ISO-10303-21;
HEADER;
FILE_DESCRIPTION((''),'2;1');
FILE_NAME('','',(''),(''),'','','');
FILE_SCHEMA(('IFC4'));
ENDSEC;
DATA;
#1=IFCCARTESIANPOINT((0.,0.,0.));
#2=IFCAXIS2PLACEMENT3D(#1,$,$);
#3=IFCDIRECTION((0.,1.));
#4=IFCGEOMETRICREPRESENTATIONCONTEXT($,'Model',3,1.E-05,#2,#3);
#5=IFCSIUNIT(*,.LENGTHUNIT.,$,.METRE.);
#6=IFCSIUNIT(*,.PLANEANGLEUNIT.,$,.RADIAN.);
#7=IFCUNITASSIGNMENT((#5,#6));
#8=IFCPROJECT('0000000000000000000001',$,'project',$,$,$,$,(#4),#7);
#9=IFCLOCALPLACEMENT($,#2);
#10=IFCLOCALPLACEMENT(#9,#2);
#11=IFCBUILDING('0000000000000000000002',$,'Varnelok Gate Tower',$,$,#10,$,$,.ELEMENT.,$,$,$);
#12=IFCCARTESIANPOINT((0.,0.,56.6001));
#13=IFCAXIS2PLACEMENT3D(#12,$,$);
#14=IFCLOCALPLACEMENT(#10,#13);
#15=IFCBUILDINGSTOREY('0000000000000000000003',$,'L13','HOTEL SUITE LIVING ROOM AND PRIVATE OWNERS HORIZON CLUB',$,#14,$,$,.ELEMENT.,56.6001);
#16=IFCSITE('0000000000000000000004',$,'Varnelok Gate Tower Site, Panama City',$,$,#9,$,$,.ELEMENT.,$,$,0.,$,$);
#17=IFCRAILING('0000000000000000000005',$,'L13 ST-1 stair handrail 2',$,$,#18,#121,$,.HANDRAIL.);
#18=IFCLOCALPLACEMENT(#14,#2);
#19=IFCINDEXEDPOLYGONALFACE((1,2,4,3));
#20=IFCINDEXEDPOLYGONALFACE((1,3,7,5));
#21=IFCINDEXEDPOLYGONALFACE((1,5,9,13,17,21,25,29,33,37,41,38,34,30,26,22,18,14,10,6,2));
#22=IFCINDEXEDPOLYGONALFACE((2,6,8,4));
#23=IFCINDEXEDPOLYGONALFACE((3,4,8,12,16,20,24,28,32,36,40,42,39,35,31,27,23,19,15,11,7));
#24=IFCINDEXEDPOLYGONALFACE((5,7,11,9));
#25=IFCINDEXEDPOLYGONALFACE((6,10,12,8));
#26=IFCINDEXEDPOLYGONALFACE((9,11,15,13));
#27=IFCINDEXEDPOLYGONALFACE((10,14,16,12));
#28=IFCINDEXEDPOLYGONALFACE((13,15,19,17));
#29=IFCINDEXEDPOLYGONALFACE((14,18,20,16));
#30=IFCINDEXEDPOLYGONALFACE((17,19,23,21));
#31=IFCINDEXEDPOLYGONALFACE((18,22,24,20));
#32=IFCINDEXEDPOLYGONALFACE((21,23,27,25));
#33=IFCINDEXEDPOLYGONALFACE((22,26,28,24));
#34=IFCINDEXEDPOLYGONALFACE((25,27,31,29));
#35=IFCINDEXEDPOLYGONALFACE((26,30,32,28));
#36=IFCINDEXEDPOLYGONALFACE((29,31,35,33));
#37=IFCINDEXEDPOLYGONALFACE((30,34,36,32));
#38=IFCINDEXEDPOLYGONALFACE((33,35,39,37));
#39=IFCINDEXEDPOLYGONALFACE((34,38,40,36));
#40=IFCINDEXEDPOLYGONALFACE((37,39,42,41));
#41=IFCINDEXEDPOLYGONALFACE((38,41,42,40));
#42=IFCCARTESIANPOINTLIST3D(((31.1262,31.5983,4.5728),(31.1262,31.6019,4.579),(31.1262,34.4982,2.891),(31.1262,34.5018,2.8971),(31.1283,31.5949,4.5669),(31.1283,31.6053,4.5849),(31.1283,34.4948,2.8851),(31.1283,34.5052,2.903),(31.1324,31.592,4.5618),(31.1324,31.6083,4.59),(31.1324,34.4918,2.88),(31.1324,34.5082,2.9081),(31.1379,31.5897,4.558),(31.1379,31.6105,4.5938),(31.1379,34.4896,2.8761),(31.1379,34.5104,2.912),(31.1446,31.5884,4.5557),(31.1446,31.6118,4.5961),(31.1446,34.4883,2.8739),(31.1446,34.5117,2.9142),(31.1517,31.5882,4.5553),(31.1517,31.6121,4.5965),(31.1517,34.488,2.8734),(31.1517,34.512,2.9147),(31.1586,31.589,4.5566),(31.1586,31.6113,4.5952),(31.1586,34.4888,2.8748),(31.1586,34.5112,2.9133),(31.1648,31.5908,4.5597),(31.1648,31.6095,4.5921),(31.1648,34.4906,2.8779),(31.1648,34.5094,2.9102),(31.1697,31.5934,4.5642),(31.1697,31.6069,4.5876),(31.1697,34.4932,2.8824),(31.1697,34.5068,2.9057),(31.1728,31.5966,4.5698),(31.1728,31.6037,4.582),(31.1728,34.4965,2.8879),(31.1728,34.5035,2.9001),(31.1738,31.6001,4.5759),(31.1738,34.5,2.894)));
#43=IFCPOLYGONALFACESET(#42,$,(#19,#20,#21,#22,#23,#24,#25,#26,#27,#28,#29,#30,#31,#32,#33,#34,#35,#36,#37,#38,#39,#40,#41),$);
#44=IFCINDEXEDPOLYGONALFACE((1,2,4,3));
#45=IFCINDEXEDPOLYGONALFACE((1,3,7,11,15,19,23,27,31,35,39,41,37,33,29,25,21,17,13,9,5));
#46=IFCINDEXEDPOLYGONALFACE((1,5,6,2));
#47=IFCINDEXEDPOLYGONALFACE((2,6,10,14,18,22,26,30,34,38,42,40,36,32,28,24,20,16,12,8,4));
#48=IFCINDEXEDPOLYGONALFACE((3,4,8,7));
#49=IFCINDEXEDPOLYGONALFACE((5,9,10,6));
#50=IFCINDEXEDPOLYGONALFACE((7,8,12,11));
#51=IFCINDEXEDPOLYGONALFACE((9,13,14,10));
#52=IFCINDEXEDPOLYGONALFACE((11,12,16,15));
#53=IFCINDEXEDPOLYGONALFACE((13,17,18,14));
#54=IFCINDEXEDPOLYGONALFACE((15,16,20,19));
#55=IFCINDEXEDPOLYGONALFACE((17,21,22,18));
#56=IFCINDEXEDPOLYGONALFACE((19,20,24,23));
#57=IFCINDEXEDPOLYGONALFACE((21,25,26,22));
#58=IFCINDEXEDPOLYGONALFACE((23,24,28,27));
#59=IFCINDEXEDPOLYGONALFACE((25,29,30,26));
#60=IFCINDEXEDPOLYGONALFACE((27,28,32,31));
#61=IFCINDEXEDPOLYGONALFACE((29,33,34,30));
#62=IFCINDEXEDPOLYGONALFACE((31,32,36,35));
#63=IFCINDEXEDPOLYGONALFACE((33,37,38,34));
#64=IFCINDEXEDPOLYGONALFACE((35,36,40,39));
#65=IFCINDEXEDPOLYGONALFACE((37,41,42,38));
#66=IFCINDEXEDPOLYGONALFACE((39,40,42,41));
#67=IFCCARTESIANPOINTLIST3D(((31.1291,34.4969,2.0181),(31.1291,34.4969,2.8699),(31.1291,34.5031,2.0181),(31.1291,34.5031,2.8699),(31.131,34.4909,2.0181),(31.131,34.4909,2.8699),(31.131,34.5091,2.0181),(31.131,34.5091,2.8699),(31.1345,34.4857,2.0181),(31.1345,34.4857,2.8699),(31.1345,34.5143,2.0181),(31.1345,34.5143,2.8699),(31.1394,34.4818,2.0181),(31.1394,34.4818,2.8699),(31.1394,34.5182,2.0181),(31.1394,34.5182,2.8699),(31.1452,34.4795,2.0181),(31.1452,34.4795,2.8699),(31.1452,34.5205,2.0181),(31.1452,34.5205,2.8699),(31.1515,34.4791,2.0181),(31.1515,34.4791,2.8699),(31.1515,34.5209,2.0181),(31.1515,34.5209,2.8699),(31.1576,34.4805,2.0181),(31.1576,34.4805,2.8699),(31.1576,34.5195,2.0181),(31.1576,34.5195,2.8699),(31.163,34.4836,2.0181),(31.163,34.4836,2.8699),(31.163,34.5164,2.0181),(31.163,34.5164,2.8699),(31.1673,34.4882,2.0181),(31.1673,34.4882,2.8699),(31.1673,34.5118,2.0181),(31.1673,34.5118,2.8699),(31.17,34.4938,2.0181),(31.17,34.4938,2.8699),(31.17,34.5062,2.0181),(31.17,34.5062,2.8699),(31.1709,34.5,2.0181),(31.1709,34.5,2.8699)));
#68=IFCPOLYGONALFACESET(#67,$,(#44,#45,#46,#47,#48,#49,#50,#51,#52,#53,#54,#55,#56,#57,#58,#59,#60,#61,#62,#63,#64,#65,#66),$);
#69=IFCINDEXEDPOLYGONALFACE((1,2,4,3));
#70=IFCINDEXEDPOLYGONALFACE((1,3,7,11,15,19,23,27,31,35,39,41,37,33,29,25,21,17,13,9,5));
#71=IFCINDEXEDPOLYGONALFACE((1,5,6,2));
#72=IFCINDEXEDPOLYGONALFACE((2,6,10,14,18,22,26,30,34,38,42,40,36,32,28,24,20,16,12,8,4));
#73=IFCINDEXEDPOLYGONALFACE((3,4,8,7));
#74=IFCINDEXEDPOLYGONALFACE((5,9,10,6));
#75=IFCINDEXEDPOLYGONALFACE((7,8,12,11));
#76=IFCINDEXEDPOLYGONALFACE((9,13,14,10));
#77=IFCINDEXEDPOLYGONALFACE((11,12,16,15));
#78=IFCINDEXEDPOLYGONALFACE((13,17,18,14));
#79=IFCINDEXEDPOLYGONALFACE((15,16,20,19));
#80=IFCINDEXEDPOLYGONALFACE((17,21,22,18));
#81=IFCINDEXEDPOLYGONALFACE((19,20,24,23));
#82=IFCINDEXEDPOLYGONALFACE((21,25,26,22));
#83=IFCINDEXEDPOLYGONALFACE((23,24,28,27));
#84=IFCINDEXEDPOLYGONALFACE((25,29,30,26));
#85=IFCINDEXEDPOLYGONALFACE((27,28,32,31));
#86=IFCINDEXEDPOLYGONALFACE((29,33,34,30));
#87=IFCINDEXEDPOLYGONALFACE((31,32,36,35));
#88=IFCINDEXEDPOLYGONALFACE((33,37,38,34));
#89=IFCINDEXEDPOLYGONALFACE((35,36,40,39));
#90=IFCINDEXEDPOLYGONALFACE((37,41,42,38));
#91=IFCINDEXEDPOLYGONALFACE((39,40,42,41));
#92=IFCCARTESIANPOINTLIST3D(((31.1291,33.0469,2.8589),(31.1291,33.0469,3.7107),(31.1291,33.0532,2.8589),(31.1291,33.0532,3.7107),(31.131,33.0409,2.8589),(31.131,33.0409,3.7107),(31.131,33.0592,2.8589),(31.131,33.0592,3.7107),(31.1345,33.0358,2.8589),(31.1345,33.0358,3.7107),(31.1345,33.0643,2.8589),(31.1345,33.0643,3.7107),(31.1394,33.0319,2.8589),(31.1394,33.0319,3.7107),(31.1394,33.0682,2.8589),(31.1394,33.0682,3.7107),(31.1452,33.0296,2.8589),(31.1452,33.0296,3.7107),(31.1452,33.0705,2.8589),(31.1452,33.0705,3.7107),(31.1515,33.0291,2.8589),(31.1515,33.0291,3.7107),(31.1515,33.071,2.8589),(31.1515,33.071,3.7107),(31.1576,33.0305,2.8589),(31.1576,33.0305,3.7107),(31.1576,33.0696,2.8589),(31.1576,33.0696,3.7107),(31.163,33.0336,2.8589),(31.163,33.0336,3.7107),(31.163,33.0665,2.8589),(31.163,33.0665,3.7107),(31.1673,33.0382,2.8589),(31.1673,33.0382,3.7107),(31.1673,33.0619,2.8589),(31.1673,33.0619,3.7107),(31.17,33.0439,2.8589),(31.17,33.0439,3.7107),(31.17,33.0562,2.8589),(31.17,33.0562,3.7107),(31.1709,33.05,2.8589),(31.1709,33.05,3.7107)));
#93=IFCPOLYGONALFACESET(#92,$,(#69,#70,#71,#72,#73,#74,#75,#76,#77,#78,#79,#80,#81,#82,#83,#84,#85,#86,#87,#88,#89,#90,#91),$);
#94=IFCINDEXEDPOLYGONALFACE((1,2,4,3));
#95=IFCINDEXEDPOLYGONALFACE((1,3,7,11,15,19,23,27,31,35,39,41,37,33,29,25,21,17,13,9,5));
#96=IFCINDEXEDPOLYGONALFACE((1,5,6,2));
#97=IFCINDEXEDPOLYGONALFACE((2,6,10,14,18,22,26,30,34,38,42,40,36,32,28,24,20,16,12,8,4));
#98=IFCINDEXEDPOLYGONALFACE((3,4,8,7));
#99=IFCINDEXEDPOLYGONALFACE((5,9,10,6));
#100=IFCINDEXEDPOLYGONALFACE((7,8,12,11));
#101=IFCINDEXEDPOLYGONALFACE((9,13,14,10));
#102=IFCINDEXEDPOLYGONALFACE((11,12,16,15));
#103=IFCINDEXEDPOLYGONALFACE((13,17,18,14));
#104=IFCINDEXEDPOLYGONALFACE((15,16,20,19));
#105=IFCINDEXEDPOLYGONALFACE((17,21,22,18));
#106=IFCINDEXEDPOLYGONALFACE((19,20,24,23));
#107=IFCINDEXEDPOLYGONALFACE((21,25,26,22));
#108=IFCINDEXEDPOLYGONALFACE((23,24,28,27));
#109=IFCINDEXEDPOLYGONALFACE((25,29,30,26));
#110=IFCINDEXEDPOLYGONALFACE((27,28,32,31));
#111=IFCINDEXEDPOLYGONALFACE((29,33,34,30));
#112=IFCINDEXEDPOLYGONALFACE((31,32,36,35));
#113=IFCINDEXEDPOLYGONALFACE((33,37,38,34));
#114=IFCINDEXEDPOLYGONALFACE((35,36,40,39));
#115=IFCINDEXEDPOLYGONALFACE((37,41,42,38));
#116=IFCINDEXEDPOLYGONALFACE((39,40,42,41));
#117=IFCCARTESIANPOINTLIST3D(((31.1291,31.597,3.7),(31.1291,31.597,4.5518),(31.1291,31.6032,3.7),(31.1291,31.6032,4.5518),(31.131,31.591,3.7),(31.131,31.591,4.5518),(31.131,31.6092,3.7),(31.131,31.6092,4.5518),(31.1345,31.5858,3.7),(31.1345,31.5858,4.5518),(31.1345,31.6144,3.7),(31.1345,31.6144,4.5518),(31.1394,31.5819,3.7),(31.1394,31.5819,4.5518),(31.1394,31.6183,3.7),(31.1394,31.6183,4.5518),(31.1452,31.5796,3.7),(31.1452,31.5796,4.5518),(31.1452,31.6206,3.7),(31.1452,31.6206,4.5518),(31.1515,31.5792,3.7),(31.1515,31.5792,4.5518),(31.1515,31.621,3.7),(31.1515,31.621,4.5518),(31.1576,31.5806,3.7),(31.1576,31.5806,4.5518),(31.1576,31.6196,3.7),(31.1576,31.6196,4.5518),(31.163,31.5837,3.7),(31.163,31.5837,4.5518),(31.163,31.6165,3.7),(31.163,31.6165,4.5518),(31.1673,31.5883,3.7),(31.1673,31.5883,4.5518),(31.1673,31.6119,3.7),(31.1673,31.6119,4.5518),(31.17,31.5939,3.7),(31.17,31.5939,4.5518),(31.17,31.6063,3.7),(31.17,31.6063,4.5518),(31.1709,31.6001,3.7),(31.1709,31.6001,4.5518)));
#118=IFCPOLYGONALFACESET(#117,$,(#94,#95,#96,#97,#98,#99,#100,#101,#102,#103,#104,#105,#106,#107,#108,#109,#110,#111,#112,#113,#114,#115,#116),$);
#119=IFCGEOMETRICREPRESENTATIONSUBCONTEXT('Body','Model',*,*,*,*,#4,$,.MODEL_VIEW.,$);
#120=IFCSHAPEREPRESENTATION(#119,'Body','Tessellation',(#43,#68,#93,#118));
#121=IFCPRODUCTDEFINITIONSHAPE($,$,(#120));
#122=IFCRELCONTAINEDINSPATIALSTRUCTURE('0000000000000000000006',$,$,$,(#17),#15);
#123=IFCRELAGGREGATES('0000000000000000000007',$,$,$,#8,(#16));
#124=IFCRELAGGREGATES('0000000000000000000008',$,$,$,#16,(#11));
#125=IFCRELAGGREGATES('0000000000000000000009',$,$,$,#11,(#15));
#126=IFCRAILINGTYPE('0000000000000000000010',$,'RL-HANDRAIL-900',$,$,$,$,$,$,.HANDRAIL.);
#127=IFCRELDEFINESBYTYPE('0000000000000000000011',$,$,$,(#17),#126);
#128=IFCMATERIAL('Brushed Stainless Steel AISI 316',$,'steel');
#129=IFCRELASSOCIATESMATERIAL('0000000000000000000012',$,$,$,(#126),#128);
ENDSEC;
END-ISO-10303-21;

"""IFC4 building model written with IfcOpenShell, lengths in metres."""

from ifc_helpers import new_model, si_unit, direction, frame, origin, origin_2d, place, context, subcontext, project, spatial, circle, extrude, material, type_object, element, save


model = new_model("IFC4")

# Units and contexts
model_context = context("Model", 3, precision=1e-05, world=origin(), true_north=direction((0.0, 1.0)))
body_context = subcontext(model_context, "Body", "Model", "MODEL_VIEW")
ifc_project = project(units=[si_unit("LENGTHUNIT", "METRE"), si_unit("PLANEANGLEUNIT", "RADIAN")], contexts=[model_context])

# Site, building, storey
site_placement = place(None, origin())
site = spatial("IfcSite", under=ifc_project, at=site_placement, Name="Varnelok Gate Tower Site, Panama City", CompositionType="ELEMENT", RefElevation=0.0)
building_placement = place(site_placement, origin())
building = spatial("IfcBuilding", under=site, at=building_placement, Name="Varnelok Gate Tower", CompositionType="ELEMENT")
storey_placement = place(building_placement, frame((0.0, 0.0, 56.6001)))
storey = spatial("IfcBuildingStorey", under=building, at=storey_placement, Name="L13", Description="HOTEL SUITE LIVING ROOM AND PRIVATE OWNERS HORIZON CLUB", CompositionType="ELEMENT", Elevation=56.6001)

# Railing
ifc_material_1 = material(Name="Brushed Stainless Steel AISI 316", Category="steel")
railing_type_1 = type_object("IfcRailingType", Name="RL-HANDRAIL-900", PredefinedType="HANDRAIL", material=ifc_material_1)
railing_1_placement = place(storey_placement, frame((31.1499, 34.5, 2.0181)))
element("IfcRailing", 1, at=railing_1_placement, inside=storey, type_object=railing_type_1, Name="L13 ST-1 stair handrail 2", PredefinedType="HANDRAIL", context=body_context, shape_type="SweptSolid", body=[
    extrude(circle(Radius=0.0239, at=origin_2d()), frame((0.0, 0.0, 0.876), z_axis=(0.0, -0.865039, 0.501705), x_axis=(1.0, 0.0, 0.0)), (0.0, 0.0, 1.0), 3.3523),
    extrude(circle(Radius=0.021, at=origin_2d()), origin(), (0.0, 0.0, 1.0), 0.8518),
    extrude(circle(Radius=0.021, at=origin_2d()), frame((0.0, -1.45, 0.8408)), (0.0, 0.0, 1.0), 0.8518),
    extrude(circle(Radius=0.021, at=origin_2d()), frame((0.0, -2.8999, 1.6819)), (0.0, 0.0, 1.0), 0.8518),
])

save(model, "model.ifc")
